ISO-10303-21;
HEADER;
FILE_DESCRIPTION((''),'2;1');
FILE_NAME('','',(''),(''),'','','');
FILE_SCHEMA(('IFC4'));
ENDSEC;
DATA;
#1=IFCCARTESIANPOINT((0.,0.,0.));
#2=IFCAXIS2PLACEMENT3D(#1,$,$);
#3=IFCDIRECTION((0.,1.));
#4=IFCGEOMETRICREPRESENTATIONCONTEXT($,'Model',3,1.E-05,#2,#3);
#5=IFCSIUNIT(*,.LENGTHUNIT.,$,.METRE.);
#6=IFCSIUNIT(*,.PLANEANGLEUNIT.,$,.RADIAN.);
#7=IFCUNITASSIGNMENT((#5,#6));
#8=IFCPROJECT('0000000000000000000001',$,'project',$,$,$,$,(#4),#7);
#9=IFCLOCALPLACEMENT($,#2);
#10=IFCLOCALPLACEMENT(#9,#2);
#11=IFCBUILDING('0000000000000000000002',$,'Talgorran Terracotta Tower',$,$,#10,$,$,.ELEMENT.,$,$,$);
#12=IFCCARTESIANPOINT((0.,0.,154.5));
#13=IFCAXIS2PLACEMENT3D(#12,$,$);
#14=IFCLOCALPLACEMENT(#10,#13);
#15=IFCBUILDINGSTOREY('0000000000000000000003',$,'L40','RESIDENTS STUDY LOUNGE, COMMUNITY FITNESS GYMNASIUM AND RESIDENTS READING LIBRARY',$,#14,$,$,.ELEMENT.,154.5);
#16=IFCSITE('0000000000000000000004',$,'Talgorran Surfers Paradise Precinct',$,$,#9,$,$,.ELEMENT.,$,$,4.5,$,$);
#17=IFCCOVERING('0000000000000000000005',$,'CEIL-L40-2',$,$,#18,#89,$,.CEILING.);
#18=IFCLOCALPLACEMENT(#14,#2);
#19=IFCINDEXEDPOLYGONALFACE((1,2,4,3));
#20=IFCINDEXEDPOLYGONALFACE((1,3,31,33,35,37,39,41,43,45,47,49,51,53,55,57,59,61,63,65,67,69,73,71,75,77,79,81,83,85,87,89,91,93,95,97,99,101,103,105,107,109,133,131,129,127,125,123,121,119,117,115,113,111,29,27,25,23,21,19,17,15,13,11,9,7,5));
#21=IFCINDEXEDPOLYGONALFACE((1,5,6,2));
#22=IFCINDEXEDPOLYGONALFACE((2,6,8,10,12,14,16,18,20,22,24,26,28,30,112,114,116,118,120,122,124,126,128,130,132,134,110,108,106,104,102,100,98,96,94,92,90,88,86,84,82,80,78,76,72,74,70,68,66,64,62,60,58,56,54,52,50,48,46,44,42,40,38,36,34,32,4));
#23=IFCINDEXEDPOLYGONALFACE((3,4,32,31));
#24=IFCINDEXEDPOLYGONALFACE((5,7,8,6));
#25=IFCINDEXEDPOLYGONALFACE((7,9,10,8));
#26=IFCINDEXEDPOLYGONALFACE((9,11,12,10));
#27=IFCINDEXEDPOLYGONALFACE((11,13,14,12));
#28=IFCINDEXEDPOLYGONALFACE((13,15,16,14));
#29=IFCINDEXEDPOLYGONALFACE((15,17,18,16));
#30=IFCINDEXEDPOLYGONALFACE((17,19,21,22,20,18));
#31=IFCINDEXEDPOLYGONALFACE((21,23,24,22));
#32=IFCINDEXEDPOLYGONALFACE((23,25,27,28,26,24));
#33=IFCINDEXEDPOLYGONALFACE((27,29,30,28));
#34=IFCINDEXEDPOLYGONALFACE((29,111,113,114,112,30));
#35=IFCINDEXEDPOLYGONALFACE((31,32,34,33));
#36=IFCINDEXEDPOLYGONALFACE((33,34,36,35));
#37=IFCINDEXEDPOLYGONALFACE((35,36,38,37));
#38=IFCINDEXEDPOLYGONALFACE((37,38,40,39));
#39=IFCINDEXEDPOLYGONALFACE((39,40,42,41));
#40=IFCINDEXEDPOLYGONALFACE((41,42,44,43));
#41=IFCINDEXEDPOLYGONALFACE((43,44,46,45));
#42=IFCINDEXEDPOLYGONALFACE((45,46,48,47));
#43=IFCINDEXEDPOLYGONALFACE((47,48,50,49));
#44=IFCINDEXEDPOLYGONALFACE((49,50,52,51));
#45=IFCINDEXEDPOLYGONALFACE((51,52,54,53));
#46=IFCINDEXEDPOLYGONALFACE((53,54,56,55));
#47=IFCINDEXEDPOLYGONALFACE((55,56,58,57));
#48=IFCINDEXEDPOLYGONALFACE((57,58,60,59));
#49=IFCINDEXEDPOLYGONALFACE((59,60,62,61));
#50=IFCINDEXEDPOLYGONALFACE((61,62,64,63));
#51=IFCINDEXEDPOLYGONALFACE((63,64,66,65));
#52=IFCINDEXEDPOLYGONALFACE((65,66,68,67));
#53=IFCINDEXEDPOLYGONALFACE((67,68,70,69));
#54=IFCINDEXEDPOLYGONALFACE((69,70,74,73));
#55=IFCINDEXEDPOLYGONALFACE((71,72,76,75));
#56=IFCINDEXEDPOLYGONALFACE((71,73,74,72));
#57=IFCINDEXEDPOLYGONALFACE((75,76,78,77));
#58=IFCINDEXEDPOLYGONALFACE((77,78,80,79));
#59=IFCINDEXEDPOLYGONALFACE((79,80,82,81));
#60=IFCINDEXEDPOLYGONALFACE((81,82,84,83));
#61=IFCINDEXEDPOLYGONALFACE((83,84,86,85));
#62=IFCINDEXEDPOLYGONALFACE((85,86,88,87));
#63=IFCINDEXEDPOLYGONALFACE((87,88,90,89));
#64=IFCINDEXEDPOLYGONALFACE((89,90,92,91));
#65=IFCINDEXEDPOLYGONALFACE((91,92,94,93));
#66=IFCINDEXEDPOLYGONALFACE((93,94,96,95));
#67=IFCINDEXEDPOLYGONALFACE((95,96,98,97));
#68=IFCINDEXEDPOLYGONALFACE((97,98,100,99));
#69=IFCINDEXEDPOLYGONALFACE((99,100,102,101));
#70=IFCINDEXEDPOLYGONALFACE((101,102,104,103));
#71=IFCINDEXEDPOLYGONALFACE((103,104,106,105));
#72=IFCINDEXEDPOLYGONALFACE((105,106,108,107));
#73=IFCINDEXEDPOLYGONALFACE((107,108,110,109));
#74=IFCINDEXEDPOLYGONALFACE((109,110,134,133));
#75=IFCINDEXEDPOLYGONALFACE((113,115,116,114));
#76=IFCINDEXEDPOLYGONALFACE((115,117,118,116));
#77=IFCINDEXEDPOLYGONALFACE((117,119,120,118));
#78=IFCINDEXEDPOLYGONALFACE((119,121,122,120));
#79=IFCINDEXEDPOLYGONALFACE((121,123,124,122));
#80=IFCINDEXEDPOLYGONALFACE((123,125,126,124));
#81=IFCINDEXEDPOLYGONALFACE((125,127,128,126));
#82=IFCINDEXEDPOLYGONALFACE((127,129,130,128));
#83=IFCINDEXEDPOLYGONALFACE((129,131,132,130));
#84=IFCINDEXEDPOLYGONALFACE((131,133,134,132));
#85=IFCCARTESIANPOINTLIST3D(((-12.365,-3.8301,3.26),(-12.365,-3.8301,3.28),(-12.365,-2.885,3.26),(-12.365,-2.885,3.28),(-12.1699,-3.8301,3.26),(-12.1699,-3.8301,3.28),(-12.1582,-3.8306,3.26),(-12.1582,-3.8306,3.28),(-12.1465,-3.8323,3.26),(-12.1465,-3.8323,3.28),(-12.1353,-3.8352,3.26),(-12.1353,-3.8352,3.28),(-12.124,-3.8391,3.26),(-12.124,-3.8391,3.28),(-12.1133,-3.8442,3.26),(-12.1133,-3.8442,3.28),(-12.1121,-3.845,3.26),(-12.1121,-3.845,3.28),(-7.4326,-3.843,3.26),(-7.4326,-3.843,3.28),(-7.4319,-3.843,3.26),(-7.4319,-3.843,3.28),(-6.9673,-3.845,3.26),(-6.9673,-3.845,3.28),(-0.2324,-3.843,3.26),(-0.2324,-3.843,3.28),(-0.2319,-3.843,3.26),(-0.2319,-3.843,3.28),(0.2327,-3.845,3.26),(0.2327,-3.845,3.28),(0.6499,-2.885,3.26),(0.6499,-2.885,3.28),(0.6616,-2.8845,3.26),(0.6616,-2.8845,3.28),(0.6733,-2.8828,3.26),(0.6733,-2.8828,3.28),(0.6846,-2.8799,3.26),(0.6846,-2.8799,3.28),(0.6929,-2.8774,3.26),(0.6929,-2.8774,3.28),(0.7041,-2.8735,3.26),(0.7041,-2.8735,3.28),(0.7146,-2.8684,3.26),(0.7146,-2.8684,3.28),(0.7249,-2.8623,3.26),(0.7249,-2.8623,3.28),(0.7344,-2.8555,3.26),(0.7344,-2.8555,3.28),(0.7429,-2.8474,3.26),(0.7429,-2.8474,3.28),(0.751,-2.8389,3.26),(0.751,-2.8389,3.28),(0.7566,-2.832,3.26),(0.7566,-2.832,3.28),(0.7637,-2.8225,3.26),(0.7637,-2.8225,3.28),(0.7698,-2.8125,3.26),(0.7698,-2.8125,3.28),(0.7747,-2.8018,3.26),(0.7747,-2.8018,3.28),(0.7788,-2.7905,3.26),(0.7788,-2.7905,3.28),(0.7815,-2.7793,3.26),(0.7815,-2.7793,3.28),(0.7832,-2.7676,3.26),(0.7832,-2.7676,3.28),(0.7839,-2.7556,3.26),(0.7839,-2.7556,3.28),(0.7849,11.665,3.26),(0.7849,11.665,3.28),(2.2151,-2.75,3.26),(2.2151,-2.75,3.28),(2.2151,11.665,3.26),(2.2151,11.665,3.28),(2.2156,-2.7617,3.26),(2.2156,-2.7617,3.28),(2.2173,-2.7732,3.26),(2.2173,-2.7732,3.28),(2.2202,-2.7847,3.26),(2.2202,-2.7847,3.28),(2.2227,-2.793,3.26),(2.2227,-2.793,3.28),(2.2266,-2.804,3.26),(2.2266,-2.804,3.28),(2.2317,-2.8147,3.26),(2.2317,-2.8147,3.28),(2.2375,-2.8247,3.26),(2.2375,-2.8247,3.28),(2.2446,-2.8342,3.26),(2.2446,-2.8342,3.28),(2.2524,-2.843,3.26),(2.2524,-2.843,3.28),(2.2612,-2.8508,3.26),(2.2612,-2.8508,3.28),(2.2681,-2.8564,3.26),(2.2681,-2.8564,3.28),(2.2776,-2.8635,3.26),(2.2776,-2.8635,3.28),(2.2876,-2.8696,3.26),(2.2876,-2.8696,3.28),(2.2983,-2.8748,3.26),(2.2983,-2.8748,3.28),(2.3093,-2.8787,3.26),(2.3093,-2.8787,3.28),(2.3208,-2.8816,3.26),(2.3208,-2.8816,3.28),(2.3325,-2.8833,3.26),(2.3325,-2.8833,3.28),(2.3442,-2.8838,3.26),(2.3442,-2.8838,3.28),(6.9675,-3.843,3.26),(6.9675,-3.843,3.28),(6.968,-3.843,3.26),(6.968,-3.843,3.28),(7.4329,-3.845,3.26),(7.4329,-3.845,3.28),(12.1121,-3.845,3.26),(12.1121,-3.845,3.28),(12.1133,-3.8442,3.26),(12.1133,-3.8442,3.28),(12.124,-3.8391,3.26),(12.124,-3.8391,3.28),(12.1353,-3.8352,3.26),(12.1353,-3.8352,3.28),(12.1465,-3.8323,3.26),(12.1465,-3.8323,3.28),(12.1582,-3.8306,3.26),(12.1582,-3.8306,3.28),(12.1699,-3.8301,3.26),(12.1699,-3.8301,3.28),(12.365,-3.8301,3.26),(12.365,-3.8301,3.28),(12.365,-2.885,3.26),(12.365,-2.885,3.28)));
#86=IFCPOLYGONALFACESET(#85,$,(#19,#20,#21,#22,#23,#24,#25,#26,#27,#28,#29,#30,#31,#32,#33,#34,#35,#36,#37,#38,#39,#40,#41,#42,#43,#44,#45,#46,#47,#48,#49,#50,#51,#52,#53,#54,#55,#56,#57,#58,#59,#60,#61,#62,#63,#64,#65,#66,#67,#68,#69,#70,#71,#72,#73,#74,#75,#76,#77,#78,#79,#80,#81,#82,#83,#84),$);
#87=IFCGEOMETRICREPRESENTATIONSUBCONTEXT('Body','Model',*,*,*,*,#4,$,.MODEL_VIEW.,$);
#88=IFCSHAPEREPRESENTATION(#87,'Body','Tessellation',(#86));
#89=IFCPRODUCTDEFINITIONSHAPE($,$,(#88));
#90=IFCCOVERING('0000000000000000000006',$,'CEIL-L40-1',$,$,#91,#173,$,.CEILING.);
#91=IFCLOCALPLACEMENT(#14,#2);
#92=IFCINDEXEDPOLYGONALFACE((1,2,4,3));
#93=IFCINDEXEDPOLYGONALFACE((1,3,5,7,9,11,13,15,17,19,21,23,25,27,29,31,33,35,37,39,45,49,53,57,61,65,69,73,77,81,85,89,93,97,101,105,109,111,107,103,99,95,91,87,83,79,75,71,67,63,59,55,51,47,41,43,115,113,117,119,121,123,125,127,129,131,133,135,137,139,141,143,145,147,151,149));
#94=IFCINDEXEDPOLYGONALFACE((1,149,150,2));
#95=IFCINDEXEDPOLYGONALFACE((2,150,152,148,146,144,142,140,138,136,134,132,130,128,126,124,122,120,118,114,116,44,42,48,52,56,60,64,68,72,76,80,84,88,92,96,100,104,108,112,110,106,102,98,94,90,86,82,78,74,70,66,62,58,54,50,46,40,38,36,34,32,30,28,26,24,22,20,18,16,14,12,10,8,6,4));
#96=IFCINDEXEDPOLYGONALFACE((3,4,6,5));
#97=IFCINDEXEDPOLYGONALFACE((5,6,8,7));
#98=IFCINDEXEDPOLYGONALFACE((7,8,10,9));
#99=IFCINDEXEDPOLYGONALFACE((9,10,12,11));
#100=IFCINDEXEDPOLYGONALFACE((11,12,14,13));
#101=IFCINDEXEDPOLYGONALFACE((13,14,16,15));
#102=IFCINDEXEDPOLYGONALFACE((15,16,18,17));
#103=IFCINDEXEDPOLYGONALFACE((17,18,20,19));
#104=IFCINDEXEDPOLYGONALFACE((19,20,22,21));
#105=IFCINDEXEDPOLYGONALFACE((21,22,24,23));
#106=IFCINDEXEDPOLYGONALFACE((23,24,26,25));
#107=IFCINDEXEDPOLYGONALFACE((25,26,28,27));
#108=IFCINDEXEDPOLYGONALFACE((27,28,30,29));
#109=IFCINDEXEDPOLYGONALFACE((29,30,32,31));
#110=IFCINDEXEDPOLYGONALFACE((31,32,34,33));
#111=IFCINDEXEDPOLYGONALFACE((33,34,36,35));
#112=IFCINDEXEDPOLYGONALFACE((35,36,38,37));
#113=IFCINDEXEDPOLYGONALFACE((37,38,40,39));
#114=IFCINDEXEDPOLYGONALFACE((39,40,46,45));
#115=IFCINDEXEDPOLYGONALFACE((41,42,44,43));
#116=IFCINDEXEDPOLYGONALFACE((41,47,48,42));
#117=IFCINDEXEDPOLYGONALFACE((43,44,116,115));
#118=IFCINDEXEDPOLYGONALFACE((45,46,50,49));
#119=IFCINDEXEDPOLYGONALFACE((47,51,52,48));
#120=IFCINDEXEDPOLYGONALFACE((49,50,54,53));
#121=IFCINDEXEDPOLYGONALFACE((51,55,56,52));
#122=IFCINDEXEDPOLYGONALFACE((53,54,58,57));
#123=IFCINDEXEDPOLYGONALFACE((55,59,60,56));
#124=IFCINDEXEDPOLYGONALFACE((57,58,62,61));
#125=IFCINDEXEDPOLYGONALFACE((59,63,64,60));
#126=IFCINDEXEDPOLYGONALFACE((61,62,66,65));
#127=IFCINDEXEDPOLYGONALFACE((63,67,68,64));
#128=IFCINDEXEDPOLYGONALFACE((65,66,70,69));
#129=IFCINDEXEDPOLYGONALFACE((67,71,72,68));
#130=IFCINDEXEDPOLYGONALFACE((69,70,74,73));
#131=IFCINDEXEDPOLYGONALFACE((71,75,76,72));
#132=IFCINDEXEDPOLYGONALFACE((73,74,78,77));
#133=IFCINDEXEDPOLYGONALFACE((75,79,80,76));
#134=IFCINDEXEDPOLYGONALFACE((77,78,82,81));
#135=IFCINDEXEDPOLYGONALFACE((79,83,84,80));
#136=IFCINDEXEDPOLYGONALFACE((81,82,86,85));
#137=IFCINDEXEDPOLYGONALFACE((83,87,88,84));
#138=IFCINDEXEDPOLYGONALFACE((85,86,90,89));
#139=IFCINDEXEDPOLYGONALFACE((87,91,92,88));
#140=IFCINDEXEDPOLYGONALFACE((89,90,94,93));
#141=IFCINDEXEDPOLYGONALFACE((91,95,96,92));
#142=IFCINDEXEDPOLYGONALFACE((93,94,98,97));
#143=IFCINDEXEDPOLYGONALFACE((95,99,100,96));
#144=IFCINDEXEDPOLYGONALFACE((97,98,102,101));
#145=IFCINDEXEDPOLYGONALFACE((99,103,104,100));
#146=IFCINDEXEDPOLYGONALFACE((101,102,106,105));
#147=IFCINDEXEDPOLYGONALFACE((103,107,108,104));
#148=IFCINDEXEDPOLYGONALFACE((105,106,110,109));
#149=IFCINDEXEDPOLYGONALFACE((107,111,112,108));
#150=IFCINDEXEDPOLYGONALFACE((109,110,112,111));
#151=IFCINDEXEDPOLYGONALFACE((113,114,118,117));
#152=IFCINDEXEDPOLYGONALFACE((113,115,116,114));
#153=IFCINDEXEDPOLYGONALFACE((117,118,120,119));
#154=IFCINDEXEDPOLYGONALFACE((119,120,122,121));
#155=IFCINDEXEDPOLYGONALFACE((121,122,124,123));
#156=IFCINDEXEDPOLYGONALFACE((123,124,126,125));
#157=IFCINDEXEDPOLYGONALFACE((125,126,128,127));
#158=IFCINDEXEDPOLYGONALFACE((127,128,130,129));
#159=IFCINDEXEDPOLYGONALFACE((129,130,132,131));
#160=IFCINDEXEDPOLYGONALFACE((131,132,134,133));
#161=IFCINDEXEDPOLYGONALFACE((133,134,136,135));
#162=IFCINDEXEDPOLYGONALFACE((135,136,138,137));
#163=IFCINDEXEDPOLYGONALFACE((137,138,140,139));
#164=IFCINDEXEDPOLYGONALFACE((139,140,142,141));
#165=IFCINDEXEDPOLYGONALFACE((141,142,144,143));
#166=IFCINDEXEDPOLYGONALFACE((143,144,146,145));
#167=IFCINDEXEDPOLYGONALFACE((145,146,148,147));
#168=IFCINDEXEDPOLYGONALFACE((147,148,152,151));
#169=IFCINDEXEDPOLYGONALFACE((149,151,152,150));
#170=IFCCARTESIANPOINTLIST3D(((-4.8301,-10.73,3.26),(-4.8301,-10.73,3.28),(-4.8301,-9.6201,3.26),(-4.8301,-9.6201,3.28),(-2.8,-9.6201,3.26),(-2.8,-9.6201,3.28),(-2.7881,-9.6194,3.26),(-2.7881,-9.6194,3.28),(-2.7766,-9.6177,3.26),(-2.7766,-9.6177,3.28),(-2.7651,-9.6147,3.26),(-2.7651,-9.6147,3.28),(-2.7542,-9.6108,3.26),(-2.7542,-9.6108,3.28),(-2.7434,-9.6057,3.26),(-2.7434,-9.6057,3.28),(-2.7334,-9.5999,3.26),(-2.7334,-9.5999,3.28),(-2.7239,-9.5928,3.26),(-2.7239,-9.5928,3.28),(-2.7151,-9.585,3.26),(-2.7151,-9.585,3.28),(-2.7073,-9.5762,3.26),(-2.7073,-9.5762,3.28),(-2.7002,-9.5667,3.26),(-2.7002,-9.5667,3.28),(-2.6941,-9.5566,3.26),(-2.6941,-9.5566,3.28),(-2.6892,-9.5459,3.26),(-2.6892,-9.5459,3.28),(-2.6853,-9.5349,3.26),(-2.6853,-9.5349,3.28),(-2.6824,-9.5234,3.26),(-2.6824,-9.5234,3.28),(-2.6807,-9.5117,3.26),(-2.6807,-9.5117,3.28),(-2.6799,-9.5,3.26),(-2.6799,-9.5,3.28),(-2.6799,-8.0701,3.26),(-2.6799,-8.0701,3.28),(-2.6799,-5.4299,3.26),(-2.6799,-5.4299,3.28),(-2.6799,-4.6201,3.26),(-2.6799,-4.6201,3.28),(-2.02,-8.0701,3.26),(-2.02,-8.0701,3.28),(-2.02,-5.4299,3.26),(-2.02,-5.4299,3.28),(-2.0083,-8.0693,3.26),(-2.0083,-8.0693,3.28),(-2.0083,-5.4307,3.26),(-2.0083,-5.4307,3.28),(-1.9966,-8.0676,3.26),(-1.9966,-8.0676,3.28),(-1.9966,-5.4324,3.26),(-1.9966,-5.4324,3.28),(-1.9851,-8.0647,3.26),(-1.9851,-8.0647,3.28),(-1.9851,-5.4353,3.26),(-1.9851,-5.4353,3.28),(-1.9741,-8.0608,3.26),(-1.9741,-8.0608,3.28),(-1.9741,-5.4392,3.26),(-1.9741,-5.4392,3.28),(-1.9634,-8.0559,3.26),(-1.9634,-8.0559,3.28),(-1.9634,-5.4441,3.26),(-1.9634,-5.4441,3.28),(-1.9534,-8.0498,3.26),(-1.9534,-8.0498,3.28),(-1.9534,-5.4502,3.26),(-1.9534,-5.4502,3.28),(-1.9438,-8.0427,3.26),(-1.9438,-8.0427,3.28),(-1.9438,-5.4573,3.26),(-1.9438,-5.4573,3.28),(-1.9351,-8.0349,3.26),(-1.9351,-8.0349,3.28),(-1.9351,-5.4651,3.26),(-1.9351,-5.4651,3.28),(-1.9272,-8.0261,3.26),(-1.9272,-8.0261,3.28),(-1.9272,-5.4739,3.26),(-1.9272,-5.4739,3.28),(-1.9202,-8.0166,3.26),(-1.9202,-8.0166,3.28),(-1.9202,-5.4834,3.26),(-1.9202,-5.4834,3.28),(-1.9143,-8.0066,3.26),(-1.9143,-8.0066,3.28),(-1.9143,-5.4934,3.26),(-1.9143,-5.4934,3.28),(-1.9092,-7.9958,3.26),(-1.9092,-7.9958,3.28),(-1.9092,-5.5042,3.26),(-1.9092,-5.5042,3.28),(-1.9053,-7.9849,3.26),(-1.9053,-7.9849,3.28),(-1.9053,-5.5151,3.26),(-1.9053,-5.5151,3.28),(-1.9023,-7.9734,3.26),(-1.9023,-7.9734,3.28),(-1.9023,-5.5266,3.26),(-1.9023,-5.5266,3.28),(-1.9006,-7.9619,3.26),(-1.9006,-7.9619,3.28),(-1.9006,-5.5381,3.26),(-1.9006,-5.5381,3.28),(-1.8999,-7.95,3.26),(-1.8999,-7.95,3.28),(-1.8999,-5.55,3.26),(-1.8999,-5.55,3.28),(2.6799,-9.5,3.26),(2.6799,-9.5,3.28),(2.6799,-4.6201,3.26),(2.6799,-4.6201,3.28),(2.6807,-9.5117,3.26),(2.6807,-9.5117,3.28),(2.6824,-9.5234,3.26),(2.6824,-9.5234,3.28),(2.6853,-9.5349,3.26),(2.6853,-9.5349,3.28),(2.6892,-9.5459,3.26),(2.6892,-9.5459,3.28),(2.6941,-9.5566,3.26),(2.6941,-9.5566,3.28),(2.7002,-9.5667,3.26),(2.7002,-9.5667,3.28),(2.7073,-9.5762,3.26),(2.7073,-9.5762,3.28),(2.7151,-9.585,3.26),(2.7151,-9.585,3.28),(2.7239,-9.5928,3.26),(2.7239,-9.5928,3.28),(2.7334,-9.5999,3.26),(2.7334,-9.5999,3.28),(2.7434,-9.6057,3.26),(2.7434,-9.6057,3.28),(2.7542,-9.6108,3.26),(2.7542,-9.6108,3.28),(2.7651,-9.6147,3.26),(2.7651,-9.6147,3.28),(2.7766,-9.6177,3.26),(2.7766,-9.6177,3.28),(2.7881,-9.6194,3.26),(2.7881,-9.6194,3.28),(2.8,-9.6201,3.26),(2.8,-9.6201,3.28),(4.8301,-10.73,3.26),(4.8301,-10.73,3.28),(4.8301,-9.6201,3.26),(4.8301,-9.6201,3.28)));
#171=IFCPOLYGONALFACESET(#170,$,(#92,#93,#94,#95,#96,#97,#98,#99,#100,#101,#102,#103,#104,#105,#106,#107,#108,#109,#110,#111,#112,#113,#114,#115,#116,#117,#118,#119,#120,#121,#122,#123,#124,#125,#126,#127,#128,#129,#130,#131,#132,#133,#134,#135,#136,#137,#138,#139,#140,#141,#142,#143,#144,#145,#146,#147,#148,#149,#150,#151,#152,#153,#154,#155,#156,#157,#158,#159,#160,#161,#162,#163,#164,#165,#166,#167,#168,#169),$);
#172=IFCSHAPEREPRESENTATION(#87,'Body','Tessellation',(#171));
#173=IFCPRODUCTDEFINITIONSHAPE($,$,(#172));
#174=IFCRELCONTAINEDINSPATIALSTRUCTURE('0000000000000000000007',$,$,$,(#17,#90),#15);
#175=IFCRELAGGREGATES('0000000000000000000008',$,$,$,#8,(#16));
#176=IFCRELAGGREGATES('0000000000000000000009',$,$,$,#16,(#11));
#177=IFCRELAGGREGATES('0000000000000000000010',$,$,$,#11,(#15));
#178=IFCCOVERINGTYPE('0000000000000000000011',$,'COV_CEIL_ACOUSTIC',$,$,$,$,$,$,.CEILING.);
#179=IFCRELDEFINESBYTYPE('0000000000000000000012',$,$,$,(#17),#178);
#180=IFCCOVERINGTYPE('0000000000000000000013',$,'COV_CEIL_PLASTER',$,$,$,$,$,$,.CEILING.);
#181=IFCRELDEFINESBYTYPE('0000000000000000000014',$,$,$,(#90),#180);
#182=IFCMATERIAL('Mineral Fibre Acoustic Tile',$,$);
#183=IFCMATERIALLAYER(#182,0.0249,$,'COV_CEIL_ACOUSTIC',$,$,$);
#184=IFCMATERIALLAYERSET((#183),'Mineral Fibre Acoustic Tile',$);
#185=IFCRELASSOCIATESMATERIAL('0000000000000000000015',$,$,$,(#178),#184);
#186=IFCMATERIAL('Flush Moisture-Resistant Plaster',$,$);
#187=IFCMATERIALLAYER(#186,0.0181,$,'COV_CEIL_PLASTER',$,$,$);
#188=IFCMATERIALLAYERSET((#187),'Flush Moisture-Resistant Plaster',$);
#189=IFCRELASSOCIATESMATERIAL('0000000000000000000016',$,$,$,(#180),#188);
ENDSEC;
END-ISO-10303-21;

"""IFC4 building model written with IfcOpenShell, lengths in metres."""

from ifc_helpers import new_model, si_unit, direction, frame, origin, place, context, subcontext, project, spatial, polyline, outline, extrude, material, layer, layer_set, type_object, element, save


model = new_model("IFC4")

# Units and contexts
model_context = context("Model", 3, precision=1e-05, world=origin(), true_north=direction((0.0, 1.0)))
body_context = subcontext(model_context, "Body", "Model", "MODEL_VIEW")
ifc_project = project(units=[si_unit("LENGTHUNIT", "METRE"), si_unit("PLANEANGLEUNIT", "RADIAN")], contexts=[model_context])

# Site, building, storey
site_placement = place(None, origin())
site = spatial("IfcSite", under=ifc_project, at=site_placement, Name="Talgorran Surfers Paradise Precinct", CompositionType="ELEMENT", RefElevation=4.5)
building_placement = place(site_placement, origin())
building = spatial("IfcBuilding", under=site, at=building_placement, Name="Talgorran Terracotta Tower", CompositionType="ELEMENT")
storey_placement = place(building_placement, frame((0.0, 0.0, 154.5)))
storey = spatial("IfcBuildingStorey", under=building, at=storey_placement, Name="L40", Description="RESIDENTS STUDY LOUNGE, COMMUNITY FITNESS GYMNASIUM AND RESIDENTS READING LIBRARY", CompositionType="ELEMENT", Elevation=154.5)

# Coverings
ifc_material_1 = material(Name="Mineral Fibre Acoustic Tile")
ifc_layer_1 = layer(ifc_material_1, 0.0249, Name="COV_CEIL_ACOUSTIC")
ifc_layer_set_1 = layer_set([ifc_layer_1], Name="Mineral Fibre Acoustic Tile")
covering_type_1 = type_object("IfcCoveringType", Name="COV_CEIL_ACOUSTIC", PredefinedType="CEILING", material=ifc_layer_set_1)
covering_1_placement = place(storey_placement, frame((0.0, 0.0, 3.26)))
element("IfcCovering", 1, at=covering_1_placement, inside=storey, type_object=covering_type_1, Name="CEIL-L40-2", PredefinedType="CEILING", context=body_context, shape_type="SweptSolid", body=[
    extrude(outline(polyline([(-12.365, -2.885), (0.6499, -2.885), (0.6616, -2.8845), (0.6733, -2.8828), (0.6846, -2.8799), (0.6929, -2.8774), (0.7041, -2.8735), (0.7146, -2.8684), (0.7249, -2.8623), (0.7344, -2.8555), (0.7429, -2.8474), (0.751, -2.8389), (0.7566, -2.832), (0.7637, -2.8225), (0.7698, -2.8125), (0.7747, -2.8018), (0.7788, -2.7905), (0.7815, -2.7793), (0.7832, -2.7676), (0.7839, -2.7556), (0.7849, 11.665), (2.2151, 11.665), (2.2151, -2.75), (2.2156, -2.7617), (2.2173, -2.7732), (2.2202, -2.7847), (2.2227, -2.793), (2.2266, -2.804), (2.2317, -2.8147), (2.2375, -2.8247), (2.2446, -2.8342), (2.2524, -2.843), (2.2612, -2.8508), (2.2681, -2.8564), (2.2776, -2.8635), (2.2876, -2.8696), (2.2983, -2.8748), (2.3093, -2.8787), (2.3208, -2.8816), (2.3325, -2.8833), (2.3442, -2.8838), (12.365, -2.885), (12.365, -3.8301), (12.1699, -3.8301), (12.1582, -3.8306), (12.1465, -3.8323), (12.1353, -3.8352), (12.124, -3.8391), (12.1133, -3.8442), (12.1121, -3.845), (7.4329, -3.845), (6.968, -3.843), (6.9675, -3.843), (0.2327, -3.845), (-0.2319, -3.843), (-0.2324, -3.843), (-6.9673, -3.845), (-7.4319, -3.843), (-7.4326, -3.843), (-12.1121, -3.845), (-12.1133, -3.8442), (-12.124, -3.8391), (-12.1353, -3.8352), (-12.1465, -3.8323), (-12.1582, -3.8306), (-12.1699, -3.8301), (-12.365, -3.8301), (-12.365, -2.885)])), origin(), (0.0, 0.0, 1.0), 0.02),
])
ifc_material_2 = material(Name="Flush Moisture-Resistant Plaster")
ifc_layer_2 = layer(ifc_material_2, 0.0181, Name="COV_CEIL_PLASTER")
ifc_layer_set_2 = layer_set([ifc_layer_2], Name="Flush Moisture-Resistant Plaster")
covering_type_2 = type_object("IfcCoveringType", Name="COV_CEIL_PLASTER", PredefinedType="CEILING", material=ifc_layer_set_2)
covering_2_placement = place(storey_placement, frame((0.0, 0.0, 3.26)))
element("IfcCovering", 2, at=covering_2_placement, inside=storey, type_object=covering_type_2, Name="CEIL-L40-1", PredefinedType="CEILING", context=body_context, shape_type="SweptSolid", body=[
    extrude(outline(polyline([(2.6799, -4.6201), (2.6799, -9.5), (2.6807, -9.5117), (2.6824, -9.5234), (2.6853, -9.5349), (2.6892, -9.5459), (2.6941, -9.5566), (2.7002, -9.5667), (2.7073, -9.5762), (2.7151, -9.585), (2.7239, -9.5928), (2.7334, -9.5999), (2.7434, -9.6057), (2.7542, -9.6108), (2.7651, -9.6147), (2.7766, -9.6177), (2.7881, -9.6194), (2.8, -9.6201), (4.8301, -9.6201), (4.8301, -10.73), (-4.8301, -10.73), (-4.8301, -9.6201), (-2.8, -9.6201), (-2.7881, -9.6194), (-2.7766, -9.6177), (-2.7651, -9.6147), (-2.7542, -9.6108), (-2.7434, -9.6057), (-2.7334, -9.5999), (-2.7239, -9.5928), (-2.7151, -9.585), (-2.7073, -9.5762), (-2.7002, -9.5667), (-2.6941, -9.5566), (-2.6892, -9.5459), (-2.6853, -9.5349), (-2.6824, -9.5234), (-2.6807, -9.5117), (-2.6799, -9.5), (-2.6799, -8.0701), (-2.02, -8.0701), (-2.0083, -8.0693), (-1.9966, -8.0676), (-1.9851, -8.0647), (-1.9741, -8.0608), (-1.9634, -8.0559), (-1.9534, -8.0498), (-1.9438, -8.0427), (-1.9351, -8.0349), (-1.9272, -8.0261), (-1.9202, -8.0166), (-1.9143, -8.0066), (-1.9092, -7.9958), (-1.9053, -7.9849), (-1.9023, -7.9734), (-1.9006, -7.9619), (-1.8999, -7.95), (-1.8999, -5.55), (-1.9006, -5.5381), (-1.9023, -5.5266), (-1.9053, -5.5151), (-1.9092, -5.5042), (-1.9143, -5.4934), (-1.9202, -5.4834), (-1.9272, -5.4739), (-1.9351, -5.4651), (-1.9438, -5.4573), (-1.9534, -5.4502), (-1.9634, -5.4441), (-1.9741, -5.4392), (-1.9851, -5.4353), (-1.9966, -5.4324), (-2.0083, -5.4307), (-2.02, -5.4299), (-2.6799, -5.4299), (-2.6799, -4.6201), (2.6799, -4.6201)])), origin(), (0.0, 0.0, 1.0), 0.02),
])

save(model, "model.ifc")
